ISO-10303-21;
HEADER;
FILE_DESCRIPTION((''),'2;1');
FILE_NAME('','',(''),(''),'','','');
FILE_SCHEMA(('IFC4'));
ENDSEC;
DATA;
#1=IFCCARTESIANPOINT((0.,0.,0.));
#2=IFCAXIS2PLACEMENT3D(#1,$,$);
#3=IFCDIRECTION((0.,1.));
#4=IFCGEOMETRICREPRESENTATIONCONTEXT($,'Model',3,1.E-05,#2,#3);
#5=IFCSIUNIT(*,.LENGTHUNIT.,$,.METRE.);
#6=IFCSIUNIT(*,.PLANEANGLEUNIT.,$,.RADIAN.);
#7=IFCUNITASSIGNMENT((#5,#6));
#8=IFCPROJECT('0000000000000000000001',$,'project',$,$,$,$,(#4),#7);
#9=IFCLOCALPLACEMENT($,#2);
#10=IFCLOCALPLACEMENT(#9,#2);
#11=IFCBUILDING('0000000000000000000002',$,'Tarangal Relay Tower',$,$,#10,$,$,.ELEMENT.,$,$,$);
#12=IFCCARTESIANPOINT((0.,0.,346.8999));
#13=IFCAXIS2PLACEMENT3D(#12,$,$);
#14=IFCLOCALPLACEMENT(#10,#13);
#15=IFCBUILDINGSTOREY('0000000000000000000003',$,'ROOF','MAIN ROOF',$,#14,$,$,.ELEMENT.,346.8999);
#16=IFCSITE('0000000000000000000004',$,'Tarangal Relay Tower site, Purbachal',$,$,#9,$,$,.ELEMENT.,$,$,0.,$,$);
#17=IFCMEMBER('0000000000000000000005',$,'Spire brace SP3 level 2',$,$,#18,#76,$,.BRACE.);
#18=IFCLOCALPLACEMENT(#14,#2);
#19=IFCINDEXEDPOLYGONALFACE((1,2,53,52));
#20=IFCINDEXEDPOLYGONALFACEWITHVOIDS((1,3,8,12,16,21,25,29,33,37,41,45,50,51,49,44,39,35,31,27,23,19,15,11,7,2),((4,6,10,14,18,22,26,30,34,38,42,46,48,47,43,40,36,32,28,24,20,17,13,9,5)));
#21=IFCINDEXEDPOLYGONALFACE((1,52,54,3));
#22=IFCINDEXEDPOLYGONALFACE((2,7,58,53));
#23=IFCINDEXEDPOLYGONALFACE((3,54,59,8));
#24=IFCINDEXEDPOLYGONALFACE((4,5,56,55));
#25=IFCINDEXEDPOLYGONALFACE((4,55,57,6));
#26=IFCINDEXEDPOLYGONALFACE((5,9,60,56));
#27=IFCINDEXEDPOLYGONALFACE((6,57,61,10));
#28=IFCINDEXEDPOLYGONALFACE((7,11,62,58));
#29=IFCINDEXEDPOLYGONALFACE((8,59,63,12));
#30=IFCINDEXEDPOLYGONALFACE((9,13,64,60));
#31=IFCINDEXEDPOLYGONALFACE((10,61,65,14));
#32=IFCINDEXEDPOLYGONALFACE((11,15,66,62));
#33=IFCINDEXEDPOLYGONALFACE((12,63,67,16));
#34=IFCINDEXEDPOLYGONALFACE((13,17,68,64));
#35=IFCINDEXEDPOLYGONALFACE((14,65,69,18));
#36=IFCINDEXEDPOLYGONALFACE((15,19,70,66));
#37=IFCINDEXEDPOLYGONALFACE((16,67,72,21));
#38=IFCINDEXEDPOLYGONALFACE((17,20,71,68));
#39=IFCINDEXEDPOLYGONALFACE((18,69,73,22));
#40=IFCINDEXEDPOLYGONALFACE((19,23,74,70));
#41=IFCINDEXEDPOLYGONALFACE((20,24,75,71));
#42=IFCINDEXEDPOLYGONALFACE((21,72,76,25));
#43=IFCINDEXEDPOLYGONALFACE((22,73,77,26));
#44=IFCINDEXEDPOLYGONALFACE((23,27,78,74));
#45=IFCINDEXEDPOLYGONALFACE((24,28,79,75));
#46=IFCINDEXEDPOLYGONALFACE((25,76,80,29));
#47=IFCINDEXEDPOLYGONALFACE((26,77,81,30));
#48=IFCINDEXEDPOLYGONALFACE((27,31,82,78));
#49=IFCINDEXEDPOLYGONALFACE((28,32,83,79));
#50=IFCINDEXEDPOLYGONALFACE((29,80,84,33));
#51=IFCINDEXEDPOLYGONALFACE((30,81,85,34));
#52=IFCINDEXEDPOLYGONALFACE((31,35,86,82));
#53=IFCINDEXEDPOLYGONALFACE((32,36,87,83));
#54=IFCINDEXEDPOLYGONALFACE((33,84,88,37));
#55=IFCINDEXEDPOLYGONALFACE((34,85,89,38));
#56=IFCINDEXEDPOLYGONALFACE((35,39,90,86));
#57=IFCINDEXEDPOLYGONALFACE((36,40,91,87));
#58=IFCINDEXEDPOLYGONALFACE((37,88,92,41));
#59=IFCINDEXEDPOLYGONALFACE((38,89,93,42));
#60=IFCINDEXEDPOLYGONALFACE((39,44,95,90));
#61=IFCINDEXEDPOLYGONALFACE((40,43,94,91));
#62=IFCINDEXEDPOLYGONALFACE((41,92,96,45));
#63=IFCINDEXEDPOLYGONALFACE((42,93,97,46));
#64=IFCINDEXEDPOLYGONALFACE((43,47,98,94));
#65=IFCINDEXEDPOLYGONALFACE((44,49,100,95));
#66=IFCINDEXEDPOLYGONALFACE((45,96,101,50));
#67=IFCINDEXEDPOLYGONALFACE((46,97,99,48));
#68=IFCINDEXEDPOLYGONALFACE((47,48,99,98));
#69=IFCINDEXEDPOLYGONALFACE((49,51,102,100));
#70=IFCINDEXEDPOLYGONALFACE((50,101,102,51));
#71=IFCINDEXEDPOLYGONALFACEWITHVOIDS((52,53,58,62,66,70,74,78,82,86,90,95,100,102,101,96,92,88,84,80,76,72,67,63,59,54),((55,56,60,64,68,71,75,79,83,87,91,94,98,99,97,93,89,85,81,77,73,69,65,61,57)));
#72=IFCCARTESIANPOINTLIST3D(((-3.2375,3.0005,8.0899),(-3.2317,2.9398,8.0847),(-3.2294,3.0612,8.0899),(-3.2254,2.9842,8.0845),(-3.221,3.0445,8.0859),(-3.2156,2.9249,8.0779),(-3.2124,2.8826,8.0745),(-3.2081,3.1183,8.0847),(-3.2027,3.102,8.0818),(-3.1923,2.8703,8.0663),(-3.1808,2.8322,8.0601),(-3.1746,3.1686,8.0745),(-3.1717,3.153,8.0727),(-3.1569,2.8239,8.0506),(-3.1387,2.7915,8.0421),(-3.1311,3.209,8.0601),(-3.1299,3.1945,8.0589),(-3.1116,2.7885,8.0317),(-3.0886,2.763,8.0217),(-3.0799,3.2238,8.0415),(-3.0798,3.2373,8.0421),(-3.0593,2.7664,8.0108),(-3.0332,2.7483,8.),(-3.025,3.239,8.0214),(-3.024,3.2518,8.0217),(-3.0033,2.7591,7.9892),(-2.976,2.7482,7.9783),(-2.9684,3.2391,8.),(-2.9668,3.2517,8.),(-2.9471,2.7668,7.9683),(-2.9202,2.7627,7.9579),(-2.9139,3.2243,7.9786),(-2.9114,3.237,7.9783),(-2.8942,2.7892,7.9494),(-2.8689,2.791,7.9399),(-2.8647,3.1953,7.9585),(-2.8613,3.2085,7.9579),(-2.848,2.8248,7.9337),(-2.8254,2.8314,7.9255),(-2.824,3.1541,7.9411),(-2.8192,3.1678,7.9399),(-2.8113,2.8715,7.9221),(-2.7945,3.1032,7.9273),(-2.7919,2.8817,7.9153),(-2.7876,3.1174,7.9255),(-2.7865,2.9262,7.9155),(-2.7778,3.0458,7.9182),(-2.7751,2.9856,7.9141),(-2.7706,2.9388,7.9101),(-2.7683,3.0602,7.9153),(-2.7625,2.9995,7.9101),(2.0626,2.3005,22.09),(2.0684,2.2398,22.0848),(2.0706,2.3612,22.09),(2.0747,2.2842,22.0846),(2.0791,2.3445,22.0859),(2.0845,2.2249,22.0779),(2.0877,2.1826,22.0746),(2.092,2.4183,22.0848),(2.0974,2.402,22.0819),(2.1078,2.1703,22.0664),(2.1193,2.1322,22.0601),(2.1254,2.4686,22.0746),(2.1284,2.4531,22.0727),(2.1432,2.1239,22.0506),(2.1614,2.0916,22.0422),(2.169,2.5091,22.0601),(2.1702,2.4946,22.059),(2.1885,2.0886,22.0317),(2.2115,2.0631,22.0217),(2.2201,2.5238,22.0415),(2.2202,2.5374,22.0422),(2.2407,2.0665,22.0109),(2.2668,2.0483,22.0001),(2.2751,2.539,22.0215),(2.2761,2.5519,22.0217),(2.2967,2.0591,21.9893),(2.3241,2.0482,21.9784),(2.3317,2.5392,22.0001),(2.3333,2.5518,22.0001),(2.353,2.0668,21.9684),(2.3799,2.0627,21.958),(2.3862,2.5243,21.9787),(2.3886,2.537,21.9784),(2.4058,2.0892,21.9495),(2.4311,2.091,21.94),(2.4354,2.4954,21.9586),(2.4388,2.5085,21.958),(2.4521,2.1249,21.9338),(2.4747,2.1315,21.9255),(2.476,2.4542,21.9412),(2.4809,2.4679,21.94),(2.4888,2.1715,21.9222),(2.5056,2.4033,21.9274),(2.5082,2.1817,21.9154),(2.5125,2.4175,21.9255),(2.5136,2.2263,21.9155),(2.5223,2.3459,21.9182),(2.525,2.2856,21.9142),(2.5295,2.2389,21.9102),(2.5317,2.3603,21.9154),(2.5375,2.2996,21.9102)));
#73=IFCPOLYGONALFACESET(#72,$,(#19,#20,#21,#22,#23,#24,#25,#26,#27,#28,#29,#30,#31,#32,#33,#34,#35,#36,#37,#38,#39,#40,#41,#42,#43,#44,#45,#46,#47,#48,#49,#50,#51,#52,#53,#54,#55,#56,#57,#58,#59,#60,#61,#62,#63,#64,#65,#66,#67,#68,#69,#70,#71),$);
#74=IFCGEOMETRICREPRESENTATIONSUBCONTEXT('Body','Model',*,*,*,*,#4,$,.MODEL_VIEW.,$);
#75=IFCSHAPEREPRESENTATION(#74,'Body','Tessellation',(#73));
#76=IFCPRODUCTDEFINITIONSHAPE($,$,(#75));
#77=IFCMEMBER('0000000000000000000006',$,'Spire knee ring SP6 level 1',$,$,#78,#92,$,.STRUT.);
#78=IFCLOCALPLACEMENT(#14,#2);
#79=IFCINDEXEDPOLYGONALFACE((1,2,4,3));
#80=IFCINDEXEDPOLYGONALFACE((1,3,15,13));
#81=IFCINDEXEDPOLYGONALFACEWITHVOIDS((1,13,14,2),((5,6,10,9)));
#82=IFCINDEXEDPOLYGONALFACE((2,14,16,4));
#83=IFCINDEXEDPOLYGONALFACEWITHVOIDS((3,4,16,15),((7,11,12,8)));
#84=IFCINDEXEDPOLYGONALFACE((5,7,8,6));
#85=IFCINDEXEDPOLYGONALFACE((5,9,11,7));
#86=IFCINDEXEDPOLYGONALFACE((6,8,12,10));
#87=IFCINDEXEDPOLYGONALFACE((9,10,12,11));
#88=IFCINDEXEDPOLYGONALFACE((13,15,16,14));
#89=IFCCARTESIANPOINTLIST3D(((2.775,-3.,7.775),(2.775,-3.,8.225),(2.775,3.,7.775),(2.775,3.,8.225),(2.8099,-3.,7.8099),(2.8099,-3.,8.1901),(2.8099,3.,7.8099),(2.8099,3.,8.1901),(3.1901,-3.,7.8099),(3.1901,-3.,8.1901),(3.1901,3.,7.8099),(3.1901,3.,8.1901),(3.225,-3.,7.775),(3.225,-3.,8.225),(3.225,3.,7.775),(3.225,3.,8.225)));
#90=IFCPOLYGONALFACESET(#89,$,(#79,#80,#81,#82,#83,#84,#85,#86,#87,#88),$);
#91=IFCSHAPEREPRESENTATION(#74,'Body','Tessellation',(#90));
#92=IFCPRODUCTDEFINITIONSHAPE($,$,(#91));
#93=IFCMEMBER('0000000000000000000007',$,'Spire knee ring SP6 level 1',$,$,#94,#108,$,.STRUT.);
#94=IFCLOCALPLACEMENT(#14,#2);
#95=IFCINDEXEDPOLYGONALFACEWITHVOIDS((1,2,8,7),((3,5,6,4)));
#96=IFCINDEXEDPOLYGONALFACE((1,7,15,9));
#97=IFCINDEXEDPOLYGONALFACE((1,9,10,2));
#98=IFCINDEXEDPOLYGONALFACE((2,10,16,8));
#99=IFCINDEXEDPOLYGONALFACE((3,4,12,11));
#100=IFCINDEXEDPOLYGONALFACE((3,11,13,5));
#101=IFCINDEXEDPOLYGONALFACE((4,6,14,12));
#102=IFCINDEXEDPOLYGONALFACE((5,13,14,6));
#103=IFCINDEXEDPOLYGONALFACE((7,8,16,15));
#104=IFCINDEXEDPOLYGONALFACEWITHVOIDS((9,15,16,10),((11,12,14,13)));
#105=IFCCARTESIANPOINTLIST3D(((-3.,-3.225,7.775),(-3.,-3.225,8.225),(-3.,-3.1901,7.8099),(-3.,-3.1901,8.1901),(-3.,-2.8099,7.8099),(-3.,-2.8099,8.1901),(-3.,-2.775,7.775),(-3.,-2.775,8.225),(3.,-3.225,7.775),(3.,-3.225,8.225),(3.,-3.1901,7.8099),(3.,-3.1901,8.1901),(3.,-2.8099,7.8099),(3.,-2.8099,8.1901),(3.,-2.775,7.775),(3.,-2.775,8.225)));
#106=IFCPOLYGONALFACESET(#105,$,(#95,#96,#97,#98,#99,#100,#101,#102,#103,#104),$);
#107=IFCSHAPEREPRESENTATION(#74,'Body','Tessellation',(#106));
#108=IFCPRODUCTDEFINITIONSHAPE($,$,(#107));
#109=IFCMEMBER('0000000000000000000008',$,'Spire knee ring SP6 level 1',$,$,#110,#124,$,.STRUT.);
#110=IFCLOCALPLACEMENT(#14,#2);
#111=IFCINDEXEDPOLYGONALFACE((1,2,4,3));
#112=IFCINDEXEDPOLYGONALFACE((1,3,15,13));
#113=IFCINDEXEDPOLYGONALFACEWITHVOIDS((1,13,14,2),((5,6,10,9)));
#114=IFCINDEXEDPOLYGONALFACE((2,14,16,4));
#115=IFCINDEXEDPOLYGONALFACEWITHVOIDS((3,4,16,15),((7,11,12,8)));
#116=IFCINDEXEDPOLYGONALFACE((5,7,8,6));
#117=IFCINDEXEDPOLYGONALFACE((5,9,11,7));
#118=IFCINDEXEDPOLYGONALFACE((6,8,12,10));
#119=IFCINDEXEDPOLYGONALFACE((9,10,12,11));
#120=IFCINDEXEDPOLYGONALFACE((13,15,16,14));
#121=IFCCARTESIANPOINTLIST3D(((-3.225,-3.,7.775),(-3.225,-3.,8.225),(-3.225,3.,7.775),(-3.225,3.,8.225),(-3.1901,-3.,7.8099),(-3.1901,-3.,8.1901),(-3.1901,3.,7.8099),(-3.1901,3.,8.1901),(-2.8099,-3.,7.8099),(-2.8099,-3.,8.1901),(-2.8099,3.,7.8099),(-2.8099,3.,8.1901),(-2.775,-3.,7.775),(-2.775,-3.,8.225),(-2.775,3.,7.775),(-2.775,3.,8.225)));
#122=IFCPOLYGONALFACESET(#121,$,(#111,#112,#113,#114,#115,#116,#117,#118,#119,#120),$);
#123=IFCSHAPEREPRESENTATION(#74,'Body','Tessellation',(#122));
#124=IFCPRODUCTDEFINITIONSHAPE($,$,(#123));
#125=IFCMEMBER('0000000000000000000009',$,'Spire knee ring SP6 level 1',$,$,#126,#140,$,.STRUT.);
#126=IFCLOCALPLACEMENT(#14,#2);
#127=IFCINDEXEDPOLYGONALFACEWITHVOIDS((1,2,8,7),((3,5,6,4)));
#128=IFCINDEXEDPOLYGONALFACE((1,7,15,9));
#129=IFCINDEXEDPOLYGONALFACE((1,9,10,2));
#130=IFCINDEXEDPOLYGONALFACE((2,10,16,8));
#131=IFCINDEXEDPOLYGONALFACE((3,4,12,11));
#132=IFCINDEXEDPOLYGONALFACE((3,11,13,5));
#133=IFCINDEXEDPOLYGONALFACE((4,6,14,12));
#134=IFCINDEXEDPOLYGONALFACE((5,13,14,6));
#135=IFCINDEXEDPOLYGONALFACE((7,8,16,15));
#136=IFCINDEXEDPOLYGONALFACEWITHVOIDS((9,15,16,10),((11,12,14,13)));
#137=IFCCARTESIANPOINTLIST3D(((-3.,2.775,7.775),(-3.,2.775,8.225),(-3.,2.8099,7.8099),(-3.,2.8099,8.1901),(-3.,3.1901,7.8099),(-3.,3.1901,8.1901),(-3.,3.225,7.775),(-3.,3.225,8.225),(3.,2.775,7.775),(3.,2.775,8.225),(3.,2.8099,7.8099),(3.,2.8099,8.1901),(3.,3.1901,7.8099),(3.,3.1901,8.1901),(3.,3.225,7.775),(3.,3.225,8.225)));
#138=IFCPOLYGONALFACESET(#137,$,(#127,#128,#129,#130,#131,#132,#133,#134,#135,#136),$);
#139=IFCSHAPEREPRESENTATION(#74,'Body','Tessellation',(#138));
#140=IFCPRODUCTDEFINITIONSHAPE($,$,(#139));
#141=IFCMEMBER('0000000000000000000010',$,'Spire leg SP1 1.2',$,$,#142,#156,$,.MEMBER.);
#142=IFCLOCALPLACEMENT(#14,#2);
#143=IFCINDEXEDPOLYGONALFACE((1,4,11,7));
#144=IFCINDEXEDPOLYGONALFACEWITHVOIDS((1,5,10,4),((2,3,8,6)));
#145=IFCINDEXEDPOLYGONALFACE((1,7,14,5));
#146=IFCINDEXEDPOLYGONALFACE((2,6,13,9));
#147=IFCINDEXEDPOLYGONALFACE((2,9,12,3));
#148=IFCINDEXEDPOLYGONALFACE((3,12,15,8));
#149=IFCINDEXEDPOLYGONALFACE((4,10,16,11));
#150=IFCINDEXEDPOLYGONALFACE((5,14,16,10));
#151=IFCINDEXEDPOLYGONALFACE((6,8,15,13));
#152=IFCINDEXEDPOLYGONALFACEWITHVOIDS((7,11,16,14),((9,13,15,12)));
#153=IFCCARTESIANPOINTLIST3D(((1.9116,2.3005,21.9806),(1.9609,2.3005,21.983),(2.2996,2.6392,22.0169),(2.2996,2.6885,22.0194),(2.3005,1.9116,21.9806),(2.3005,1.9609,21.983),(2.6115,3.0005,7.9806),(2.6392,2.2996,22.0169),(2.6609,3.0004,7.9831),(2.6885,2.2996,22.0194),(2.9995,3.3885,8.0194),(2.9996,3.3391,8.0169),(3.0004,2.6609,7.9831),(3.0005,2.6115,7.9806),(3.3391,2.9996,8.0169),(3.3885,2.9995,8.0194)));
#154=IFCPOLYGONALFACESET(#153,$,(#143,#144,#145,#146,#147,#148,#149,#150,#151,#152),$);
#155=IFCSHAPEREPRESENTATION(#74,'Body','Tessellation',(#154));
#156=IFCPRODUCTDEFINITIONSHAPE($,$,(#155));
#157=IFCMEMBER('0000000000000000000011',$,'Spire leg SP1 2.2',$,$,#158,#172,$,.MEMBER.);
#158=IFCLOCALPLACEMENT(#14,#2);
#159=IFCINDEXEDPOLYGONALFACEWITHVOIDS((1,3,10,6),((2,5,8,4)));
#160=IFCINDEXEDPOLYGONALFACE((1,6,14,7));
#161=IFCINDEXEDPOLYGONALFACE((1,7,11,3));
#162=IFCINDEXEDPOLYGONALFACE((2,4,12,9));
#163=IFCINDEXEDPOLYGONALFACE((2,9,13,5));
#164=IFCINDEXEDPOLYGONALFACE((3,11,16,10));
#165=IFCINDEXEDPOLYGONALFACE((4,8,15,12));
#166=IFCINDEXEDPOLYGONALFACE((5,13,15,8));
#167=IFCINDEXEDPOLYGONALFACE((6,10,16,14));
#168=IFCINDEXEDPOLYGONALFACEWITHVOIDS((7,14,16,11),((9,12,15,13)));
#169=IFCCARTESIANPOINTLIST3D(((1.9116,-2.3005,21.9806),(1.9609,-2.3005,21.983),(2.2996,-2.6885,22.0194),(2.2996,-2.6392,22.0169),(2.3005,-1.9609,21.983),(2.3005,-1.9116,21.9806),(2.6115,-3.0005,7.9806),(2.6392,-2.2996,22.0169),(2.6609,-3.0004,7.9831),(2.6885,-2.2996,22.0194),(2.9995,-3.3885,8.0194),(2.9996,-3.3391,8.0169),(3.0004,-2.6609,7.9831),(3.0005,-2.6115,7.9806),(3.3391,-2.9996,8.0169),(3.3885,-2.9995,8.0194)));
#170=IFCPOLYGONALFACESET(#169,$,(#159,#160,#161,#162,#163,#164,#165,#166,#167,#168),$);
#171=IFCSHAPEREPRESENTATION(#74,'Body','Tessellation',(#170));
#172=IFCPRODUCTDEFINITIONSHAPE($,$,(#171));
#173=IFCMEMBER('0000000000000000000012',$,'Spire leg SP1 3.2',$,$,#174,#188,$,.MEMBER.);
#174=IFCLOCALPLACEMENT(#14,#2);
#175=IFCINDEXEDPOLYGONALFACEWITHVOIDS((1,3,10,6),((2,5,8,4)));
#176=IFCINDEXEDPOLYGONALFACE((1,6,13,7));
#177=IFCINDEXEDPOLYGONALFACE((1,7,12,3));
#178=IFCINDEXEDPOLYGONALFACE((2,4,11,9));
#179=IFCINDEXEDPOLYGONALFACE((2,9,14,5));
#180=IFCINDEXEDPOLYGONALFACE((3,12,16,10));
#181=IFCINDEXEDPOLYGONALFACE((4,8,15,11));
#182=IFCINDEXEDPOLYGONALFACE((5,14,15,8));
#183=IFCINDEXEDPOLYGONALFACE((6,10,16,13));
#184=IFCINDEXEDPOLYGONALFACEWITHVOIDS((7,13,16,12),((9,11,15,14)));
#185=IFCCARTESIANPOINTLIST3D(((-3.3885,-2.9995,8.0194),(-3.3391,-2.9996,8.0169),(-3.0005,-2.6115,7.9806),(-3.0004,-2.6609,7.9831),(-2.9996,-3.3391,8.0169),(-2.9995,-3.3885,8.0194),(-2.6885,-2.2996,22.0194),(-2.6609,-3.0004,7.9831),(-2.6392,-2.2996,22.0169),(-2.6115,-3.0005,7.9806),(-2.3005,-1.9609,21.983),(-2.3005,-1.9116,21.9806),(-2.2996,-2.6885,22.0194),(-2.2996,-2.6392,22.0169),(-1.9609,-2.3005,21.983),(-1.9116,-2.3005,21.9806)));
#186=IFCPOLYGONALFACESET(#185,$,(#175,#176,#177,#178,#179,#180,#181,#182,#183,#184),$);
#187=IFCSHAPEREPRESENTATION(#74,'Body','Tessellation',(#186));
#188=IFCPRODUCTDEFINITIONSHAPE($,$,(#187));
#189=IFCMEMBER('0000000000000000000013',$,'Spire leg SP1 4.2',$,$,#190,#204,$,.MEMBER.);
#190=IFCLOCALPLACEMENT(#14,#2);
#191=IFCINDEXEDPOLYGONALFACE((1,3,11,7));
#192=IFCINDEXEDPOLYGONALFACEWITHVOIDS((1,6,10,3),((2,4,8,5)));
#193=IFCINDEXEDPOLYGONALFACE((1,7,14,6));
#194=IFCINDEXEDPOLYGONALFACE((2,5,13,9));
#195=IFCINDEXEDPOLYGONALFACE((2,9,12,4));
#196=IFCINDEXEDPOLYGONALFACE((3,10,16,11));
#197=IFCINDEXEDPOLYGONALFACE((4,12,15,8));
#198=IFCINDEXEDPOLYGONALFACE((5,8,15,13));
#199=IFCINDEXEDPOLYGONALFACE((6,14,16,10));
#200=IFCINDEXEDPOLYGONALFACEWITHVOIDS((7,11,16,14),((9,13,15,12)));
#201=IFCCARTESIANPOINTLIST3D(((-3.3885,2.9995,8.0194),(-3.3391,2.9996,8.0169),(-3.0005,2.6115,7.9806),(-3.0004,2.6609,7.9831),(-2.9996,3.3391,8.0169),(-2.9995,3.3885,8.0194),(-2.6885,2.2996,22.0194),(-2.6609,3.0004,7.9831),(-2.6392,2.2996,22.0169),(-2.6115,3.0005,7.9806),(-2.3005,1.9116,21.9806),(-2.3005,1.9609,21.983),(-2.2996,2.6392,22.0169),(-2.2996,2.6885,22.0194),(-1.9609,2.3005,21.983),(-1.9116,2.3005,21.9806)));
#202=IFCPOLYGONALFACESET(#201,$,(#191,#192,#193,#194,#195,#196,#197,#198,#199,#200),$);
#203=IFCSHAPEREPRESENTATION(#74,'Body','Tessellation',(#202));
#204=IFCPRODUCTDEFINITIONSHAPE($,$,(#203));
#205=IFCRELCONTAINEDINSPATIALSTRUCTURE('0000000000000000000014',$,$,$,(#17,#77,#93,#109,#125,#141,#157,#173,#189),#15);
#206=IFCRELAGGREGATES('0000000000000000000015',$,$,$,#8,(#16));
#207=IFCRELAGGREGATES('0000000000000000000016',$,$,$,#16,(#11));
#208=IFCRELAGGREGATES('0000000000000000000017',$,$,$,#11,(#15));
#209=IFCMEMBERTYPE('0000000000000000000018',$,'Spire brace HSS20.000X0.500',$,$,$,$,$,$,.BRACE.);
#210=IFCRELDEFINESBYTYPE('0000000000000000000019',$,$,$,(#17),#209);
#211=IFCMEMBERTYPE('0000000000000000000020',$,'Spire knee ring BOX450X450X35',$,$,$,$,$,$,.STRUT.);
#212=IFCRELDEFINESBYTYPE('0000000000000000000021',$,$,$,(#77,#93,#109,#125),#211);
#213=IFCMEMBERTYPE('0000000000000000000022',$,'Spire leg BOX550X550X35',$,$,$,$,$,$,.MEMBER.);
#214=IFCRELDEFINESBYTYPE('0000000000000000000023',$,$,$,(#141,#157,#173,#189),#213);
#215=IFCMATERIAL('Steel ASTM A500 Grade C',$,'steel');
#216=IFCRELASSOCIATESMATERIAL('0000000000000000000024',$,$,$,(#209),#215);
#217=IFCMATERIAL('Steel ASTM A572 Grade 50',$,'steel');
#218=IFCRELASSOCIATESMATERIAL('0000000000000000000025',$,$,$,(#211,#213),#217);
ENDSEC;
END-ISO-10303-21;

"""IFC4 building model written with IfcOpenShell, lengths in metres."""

from ifc_helpers import new_model, si_unit, direction, frame, origin, origin_2d, place, context, subcontext, project, spatial, hollow_rectangle, hollow_circle, extrude, material, material_profile, profile_set, type_object, element, save


model = new_model("IFC4")

# Units and contexts
model_context = context("Model", 3, precision=1e-05, world=origin(), true_north=direction((0.0, 1.0)))
body_context = subcontext(model_context, "Body", "Model", "MODEL_VIEW")
ifc_project = project(units=[si_unit("LENGTHUNIT", "METRE"), si_unit("PLANEANGLEUNIT", "RADIAN")], contexts=[model_context])

# Site, building, storey
site_placement = place(None, origin())
site = spatial("IfcSite", under=ifc_project, at=site_placement, Name="Tarangal Relay Tower site, Purbachal", CompositionType="ELEMENT", RefElevation=0.0)
building_placement = place(site_placement, origin())
building = spatial("IfcBuilding", under=site, at=building_placement, Name="Tarangal Relay Tower", CompositionType="ELEMENT")
storey_placement = place(building_placement, frame((0.0, 0.0, 346.8999)))
storey = spatial("IfcBuildingStorey", under=building, at=storey_placement, Name="ROOF", Description="MAIN ROOF", CompositionType="ELEMENT", Elevation=346.8999)

# Members
ifc_material_1 = material(Name="Steel ASTM A500 Grade C", Category="steel")
ifc_material_profile_1 = material_profile(ifc_material_1, hollow_circle(Radius=0.2539, WallThickness=0.0127, at=origin_2d()), Name="HSS20.000X0.500")
ifc_profile_set_1 = profile_set([ifc_material_profile_1], Name="Steel ASTM A500 Grade C")
member_type_1 = type_object("IfcMemberType", Name="Spire brace HSS20.000X0.500", PredefinedType="BRACE", material=ifc_profile_set_1)
for number, where, z_axis, x_axis, name in (
    (1, (-3.0, 3.0, 8.0), (0.353666, -0.046707, 0.934205), (0.130928, 0.991392, 0.0), "Spire brace SP3 level 2"),
):
    element("IfcMember", number, at=place(storey_placement, frame(where, z_axis=z_axis, x_axis=x_axis)), inside=storey, type_object=member_type_1, Name=name, PredefinedType="BRACE", context=body_context, shape_type="SweptSolid", body=[
        extrude(hollow_circle(Radius=0.2539, WallThickness=0.0127, at=origin_2d()), origin(), (0.0, 0.0, 1.0), 14.9861),
    ])
ifc_material_2 = material(Name="Steel ASTM A572 Grade 50", Category="steel")
ifc_material_profile_2 = material_profile(ifc_material_2, hollow_rectangle(XDim=0.45, YDim=0.45, WallThickness=0.0349, at=origin_2d()), Name="BOX450X450X35")
ifc_profile_set_2 = profile_set([ifc_material_profile_2], Name="Steel ASTM A572 Grade 50")
member_type_2 = type_object("IfcMemberType", Name="Spire knee ring BOX450X450X35", PredefinedType="STRUT", material=ifc_profile_set_2)
for number, where, z_axis, x_axis, name in (
    (2, (3.0, 3.0, 8.0), (0.0, -1.0, 0.0), (1.0, 0.0, 0.0), "Spire knee ring SP6 level 1"),
    (3, (3.0, -3.0, 8.0), (-1.0, 0.0, 0.0), (0.0, -1.0, 0.0), "Spire knee ring SP6 level 1"),
    (4, (-3.0, -3.0, 8.0), (0.0, 1.0, 0.0), (-1.0, 0.0, 0.0), "Spire knee ring SP6 level 1"),
    (5, (-3.0, 3.0, 8.0), (1.0, 0.0, 0.0), (0.0, 1.0, 0.0), "Spire knee ring SP6 level 1"),
):
    element("IfcMember", number, at=place(storey_placement, frame(where, z_axis=z_axis, x_axis=x_axis)), inside=storey, type_object=member_type_2, Name=name, PredefinedType="STRUT", context=body_context, shape_type="SweptSolid", body=[
        extrude(hollow_rectangle(XDim=0.45, YDim=0.45, WallThickness=0.0349, at=origin_2d()), origin(), (0.0, 0.0, 1.0), 6.0),
    ])
ifc_material_profile_3 = material_profile(ifc_material_2, hollow_rectangle(XDim=0.55, YDim=0.55, WallThickness=0.0349, at=origin_2d()), Name="BOX550X550X35")
ifc_profile_set_3 = profile_set([ifc_material_profile_3], Name="Steel ASTM A572 Grade 50")
member_type_3 = type_object("IfcMemberType", Name="Spire leg BOX550X550X35", PredefinedType="MEMBER", material=ifc_profile_set_3)
for number, where, z_axis, x_axis, name in (
    (6, (3.0, 3.0, 8.0), (-0.049872, -0.049872, 0.99751), (0.707107, -0.707107, 0.0), "Spire leg SP1 1.2"),
    (7, (3.0, -3.0, 8.0), (-0.049872, 0.049872, 0.99751), (-0.707107, -0.707107, 0.0), "Spire leg SP1 2.2"),
    (8, (-3.0, -3.0, 8.0), (0.049872, 0.049872, 0.99751), (-0.707107, 0.707107, 0.0), "Spire leg SP1 3.2"),
    (9, (-3.0, 3.0, 8.0), (0.049872, -0.049872, 0.99751), (0.707107, 0.707107, 0.0), "Spire leg SP1 4.2"),
):
    element("IfcMember", number, at=place(storey_placement, frame(where, z_axis=z_axis, x_axis=x_axis)), inside=storey, type_object=member_type_3, Name=name, PredefinedType="MEMBER", context=body_context, shape_type="SweptSolid", body=[
        extrude(hollow_rectangle(XDim=0.55, YDim=0.55, WallThickness=0.0349, at=origin_2d()), origin(), (0.0, 0.0, 1.0), 14.0349),
    ])

save(model, "model.ifc")
